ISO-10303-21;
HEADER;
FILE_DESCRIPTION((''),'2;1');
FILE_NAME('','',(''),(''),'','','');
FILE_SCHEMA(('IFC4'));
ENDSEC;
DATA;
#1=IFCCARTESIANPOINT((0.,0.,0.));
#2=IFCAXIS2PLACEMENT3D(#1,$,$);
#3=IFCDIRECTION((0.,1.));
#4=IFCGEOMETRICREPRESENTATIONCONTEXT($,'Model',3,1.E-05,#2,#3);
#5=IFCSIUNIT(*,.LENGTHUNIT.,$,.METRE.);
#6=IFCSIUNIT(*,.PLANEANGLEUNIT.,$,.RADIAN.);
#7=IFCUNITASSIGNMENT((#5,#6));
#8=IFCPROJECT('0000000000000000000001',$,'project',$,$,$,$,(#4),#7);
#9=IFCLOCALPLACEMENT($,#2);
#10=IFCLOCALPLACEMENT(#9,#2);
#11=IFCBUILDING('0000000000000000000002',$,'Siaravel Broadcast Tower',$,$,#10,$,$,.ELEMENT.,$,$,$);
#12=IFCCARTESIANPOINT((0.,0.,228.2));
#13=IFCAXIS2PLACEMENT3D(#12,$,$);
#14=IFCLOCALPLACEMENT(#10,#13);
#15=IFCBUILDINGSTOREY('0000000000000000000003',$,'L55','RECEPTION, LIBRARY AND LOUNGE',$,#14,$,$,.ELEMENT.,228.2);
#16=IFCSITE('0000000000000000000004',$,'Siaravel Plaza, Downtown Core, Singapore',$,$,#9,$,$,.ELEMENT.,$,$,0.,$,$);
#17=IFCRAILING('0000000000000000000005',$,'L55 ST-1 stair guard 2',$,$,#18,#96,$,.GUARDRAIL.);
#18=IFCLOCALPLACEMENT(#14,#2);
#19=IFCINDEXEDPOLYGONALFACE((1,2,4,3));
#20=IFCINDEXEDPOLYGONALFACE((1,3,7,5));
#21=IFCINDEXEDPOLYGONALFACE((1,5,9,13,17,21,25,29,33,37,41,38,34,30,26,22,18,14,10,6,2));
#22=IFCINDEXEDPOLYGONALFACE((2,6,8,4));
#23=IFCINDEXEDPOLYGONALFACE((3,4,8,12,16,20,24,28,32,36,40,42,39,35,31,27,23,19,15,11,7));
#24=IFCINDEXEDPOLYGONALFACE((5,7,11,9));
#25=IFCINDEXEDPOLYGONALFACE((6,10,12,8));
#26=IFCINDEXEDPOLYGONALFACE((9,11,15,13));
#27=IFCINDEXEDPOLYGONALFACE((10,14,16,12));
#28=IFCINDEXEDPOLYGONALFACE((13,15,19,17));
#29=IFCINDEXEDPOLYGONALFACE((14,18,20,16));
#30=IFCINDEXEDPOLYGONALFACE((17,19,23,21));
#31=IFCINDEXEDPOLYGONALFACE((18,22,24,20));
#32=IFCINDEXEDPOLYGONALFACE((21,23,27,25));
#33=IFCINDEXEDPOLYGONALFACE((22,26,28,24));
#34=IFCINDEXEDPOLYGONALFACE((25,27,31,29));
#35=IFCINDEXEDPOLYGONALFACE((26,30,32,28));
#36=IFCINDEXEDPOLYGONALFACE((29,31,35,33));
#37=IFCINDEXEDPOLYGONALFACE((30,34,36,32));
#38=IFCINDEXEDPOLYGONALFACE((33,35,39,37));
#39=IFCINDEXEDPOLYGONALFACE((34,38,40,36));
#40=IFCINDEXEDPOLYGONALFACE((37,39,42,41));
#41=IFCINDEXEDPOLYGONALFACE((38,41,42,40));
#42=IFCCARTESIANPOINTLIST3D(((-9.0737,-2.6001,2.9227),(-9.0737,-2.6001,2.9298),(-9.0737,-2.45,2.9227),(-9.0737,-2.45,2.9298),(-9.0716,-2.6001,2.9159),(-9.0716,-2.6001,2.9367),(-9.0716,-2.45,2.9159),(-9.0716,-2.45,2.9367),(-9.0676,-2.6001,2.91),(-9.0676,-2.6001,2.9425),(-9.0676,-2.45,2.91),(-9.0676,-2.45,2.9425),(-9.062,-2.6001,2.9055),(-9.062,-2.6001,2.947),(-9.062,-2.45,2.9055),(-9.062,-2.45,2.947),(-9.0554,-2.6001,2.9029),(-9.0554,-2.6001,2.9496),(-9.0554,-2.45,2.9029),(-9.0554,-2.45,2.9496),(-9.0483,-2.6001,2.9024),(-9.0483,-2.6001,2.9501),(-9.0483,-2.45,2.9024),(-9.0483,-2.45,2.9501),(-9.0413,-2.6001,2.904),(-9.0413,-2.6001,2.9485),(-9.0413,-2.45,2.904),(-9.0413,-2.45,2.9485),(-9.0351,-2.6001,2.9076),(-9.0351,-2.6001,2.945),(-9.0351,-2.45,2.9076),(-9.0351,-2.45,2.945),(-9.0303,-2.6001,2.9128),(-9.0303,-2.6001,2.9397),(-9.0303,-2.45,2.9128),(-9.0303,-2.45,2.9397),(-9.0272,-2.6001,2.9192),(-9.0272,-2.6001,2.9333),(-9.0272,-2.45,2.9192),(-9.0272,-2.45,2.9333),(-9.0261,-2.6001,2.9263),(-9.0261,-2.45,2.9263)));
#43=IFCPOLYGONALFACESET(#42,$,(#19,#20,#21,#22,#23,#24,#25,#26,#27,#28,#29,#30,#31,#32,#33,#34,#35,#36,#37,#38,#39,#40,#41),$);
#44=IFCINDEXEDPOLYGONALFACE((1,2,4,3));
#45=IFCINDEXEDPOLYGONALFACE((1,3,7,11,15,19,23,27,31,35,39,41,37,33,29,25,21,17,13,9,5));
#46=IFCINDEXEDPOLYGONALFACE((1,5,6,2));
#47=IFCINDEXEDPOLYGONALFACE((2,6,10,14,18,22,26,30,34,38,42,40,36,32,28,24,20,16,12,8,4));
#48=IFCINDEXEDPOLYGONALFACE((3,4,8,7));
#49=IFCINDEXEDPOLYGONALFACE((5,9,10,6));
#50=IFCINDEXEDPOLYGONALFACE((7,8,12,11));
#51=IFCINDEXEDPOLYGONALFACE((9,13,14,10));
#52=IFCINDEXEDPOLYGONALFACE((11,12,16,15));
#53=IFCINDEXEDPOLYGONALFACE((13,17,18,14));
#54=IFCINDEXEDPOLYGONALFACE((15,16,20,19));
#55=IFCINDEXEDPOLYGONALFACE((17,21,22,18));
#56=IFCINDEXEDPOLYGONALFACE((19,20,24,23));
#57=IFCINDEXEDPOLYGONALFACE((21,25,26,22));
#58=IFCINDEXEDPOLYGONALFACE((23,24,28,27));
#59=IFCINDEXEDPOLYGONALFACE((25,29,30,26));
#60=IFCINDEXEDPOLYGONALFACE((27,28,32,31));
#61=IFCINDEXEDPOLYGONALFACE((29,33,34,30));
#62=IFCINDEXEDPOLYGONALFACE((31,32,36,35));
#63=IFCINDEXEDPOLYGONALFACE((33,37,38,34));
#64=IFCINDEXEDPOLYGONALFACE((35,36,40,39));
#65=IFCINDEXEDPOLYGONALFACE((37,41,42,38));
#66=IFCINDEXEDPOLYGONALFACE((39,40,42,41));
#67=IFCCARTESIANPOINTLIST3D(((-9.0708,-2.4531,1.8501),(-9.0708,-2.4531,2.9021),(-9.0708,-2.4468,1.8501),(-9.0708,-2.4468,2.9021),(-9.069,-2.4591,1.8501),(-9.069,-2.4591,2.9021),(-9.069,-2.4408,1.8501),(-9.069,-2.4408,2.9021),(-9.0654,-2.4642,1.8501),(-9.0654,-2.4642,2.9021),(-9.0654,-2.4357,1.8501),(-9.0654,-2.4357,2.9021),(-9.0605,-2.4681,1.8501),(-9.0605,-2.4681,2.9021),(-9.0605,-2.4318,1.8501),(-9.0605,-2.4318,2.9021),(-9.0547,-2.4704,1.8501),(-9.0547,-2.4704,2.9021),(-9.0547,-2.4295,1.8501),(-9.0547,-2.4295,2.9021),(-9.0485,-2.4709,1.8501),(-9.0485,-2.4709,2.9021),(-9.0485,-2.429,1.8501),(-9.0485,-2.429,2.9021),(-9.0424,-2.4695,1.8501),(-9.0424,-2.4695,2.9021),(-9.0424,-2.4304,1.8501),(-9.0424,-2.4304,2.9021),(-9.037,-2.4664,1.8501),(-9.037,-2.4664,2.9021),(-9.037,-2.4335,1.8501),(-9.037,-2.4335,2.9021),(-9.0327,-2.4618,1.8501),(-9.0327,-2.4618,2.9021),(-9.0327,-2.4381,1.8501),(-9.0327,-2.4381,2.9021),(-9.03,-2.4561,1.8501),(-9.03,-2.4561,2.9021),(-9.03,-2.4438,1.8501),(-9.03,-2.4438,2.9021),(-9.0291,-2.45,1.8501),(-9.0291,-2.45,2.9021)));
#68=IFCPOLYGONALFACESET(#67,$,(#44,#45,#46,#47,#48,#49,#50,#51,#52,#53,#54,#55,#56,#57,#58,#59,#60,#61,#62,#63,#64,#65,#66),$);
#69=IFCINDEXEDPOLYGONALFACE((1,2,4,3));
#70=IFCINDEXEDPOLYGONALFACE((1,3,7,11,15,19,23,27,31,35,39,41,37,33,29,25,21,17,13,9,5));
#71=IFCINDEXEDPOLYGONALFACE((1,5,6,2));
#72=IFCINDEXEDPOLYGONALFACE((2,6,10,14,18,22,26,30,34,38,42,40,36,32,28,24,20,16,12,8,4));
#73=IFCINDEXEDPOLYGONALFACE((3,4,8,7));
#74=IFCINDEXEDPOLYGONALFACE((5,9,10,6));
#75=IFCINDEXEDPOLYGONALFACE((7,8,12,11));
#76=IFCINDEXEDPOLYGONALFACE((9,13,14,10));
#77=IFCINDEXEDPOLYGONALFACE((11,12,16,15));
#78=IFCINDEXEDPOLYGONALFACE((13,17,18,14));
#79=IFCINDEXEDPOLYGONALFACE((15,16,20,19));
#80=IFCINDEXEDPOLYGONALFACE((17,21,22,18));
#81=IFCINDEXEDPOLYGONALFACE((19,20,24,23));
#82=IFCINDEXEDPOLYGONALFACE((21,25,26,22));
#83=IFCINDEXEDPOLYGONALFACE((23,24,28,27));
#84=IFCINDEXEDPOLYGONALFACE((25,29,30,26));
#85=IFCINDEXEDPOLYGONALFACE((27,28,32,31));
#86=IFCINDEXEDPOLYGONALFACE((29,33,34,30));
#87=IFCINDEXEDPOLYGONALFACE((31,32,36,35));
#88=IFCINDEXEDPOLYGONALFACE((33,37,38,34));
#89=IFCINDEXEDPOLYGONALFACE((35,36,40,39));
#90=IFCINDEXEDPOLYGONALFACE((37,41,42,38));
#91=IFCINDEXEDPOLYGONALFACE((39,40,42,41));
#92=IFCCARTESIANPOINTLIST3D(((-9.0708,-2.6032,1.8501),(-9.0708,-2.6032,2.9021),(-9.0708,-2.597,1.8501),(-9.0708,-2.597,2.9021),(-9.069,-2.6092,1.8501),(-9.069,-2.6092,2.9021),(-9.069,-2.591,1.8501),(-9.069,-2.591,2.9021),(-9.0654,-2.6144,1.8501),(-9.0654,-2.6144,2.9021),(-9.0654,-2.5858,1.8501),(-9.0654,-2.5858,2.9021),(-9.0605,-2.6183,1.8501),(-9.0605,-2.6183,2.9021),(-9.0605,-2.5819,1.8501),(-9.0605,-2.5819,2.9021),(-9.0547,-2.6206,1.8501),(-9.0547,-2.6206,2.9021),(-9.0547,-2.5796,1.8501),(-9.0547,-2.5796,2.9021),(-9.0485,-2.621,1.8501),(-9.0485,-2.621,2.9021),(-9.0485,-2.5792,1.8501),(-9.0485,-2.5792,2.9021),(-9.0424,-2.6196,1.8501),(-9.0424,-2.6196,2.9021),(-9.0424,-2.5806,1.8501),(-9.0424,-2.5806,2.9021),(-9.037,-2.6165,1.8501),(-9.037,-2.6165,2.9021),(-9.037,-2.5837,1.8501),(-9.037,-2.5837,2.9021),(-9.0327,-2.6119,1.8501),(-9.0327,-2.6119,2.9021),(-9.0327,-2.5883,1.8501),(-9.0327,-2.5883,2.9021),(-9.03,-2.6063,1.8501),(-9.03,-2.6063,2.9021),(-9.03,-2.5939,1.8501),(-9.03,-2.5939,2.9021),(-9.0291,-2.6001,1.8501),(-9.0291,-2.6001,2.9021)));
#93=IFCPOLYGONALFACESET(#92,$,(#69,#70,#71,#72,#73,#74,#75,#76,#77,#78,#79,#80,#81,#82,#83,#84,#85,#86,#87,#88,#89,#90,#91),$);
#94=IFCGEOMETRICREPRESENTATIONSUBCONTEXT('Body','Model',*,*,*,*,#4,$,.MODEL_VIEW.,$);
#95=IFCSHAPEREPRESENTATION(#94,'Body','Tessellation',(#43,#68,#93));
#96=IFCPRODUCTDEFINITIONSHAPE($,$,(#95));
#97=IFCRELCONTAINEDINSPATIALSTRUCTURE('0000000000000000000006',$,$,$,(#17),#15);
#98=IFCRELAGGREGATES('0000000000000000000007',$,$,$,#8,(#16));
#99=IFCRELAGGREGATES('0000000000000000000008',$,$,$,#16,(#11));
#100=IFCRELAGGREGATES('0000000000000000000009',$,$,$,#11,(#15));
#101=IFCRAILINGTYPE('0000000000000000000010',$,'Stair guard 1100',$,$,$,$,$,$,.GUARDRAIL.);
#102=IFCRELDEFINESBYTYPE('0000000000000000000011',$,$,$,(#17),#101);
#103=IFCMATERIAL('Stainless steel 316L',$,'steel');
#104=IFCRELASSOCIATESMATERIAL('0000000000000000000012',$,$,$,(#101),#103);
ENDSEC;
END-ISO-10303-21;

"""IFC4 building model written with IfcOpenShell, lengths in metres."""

from ifc_helpers import new_model, si_unit, direction, frame, origin, origin_2d, place, context, subcontext, project, spatial, circle, extrude, material, type_object, element, save


model = new_model("IFC4")

# Units and contexts
model_context = context("Model", 3, precision=1e-05, world=origin(), true_north=direction((0.0, 1.0)))
body_context = subcontext(model_context, "Body", "Model", "MODEL_VIEW")
ifc_project = project(units=[si_unit("LENGTHUNIT", "METRE"), si_unit("PLANEANGLEUNIT", "RADIAN")], contexts=[model_context])

# Site, building, storey
site_placement = place(None, origin())
site = spatial("IfcSite", under=ifc_project, at=site_placement, Name="Siaravel Plaza, Downtown Core, Singapore", CompositionType="ELEMENT", RefElevation=0.0)
building_placement = place(site_placement, origin())
building = spatial("IfcBuilding", under=site, at=building_placement, Name="Siaravel Broadcast Tower", CompositionType="ELEMENT")
storey_placement = place(building_placement, frame((0.0, 0.0, 228.2)))
storey = spatial("IfcBuildingStorey", under=building, at=storey_placement, Name="L55", Description="RECEPTION, LIBRARY AND LOUNGE", CompositionType="ELEMENT", Elevation=228.2)

# Shared definitions
ifc_material_1 = material(Name="Stainless steel 316L", Category="steel")

# Railing
railing_type_1 = type_object("IfcRailingType", Name="Stair guard 1100", PredefinedType="GUARDRAIL", material=ifc_material_1)
railing_1_placement = place(storey_placement, frame((-9.05, -2.45, 1.8501)))
element("IfcRailing", 1, at=railing_1_placement, inside=storey, type_object=railing_type_1, Name="L55 ST-1 stair guard 2", PredefinedType="GUARDRAIL", context=body_context, shape_type="SweptSolid", body=[
    extrude(circle(Radius=0.0239, at=origin_2d()), frame((0.0, 0.0, 1.0762), z_axis=(0.0, -1.0, 0.0), x_axis=(1.0, 0.0, 0.0)), (0.0, 0.0, 1.0), 0.1501),
    extrude(circle(Radius=0.021, at=origin_2d()), origin(), (0.0, 0.0, 1.0), 1.052),
    extrude(circle(Radius=0.021, at=origin_2d()), frame((0.0, -0.1501, 0.0)), (0.0, 0.0, 1.0), 1.052),
])

save(model, "model.ifc")
